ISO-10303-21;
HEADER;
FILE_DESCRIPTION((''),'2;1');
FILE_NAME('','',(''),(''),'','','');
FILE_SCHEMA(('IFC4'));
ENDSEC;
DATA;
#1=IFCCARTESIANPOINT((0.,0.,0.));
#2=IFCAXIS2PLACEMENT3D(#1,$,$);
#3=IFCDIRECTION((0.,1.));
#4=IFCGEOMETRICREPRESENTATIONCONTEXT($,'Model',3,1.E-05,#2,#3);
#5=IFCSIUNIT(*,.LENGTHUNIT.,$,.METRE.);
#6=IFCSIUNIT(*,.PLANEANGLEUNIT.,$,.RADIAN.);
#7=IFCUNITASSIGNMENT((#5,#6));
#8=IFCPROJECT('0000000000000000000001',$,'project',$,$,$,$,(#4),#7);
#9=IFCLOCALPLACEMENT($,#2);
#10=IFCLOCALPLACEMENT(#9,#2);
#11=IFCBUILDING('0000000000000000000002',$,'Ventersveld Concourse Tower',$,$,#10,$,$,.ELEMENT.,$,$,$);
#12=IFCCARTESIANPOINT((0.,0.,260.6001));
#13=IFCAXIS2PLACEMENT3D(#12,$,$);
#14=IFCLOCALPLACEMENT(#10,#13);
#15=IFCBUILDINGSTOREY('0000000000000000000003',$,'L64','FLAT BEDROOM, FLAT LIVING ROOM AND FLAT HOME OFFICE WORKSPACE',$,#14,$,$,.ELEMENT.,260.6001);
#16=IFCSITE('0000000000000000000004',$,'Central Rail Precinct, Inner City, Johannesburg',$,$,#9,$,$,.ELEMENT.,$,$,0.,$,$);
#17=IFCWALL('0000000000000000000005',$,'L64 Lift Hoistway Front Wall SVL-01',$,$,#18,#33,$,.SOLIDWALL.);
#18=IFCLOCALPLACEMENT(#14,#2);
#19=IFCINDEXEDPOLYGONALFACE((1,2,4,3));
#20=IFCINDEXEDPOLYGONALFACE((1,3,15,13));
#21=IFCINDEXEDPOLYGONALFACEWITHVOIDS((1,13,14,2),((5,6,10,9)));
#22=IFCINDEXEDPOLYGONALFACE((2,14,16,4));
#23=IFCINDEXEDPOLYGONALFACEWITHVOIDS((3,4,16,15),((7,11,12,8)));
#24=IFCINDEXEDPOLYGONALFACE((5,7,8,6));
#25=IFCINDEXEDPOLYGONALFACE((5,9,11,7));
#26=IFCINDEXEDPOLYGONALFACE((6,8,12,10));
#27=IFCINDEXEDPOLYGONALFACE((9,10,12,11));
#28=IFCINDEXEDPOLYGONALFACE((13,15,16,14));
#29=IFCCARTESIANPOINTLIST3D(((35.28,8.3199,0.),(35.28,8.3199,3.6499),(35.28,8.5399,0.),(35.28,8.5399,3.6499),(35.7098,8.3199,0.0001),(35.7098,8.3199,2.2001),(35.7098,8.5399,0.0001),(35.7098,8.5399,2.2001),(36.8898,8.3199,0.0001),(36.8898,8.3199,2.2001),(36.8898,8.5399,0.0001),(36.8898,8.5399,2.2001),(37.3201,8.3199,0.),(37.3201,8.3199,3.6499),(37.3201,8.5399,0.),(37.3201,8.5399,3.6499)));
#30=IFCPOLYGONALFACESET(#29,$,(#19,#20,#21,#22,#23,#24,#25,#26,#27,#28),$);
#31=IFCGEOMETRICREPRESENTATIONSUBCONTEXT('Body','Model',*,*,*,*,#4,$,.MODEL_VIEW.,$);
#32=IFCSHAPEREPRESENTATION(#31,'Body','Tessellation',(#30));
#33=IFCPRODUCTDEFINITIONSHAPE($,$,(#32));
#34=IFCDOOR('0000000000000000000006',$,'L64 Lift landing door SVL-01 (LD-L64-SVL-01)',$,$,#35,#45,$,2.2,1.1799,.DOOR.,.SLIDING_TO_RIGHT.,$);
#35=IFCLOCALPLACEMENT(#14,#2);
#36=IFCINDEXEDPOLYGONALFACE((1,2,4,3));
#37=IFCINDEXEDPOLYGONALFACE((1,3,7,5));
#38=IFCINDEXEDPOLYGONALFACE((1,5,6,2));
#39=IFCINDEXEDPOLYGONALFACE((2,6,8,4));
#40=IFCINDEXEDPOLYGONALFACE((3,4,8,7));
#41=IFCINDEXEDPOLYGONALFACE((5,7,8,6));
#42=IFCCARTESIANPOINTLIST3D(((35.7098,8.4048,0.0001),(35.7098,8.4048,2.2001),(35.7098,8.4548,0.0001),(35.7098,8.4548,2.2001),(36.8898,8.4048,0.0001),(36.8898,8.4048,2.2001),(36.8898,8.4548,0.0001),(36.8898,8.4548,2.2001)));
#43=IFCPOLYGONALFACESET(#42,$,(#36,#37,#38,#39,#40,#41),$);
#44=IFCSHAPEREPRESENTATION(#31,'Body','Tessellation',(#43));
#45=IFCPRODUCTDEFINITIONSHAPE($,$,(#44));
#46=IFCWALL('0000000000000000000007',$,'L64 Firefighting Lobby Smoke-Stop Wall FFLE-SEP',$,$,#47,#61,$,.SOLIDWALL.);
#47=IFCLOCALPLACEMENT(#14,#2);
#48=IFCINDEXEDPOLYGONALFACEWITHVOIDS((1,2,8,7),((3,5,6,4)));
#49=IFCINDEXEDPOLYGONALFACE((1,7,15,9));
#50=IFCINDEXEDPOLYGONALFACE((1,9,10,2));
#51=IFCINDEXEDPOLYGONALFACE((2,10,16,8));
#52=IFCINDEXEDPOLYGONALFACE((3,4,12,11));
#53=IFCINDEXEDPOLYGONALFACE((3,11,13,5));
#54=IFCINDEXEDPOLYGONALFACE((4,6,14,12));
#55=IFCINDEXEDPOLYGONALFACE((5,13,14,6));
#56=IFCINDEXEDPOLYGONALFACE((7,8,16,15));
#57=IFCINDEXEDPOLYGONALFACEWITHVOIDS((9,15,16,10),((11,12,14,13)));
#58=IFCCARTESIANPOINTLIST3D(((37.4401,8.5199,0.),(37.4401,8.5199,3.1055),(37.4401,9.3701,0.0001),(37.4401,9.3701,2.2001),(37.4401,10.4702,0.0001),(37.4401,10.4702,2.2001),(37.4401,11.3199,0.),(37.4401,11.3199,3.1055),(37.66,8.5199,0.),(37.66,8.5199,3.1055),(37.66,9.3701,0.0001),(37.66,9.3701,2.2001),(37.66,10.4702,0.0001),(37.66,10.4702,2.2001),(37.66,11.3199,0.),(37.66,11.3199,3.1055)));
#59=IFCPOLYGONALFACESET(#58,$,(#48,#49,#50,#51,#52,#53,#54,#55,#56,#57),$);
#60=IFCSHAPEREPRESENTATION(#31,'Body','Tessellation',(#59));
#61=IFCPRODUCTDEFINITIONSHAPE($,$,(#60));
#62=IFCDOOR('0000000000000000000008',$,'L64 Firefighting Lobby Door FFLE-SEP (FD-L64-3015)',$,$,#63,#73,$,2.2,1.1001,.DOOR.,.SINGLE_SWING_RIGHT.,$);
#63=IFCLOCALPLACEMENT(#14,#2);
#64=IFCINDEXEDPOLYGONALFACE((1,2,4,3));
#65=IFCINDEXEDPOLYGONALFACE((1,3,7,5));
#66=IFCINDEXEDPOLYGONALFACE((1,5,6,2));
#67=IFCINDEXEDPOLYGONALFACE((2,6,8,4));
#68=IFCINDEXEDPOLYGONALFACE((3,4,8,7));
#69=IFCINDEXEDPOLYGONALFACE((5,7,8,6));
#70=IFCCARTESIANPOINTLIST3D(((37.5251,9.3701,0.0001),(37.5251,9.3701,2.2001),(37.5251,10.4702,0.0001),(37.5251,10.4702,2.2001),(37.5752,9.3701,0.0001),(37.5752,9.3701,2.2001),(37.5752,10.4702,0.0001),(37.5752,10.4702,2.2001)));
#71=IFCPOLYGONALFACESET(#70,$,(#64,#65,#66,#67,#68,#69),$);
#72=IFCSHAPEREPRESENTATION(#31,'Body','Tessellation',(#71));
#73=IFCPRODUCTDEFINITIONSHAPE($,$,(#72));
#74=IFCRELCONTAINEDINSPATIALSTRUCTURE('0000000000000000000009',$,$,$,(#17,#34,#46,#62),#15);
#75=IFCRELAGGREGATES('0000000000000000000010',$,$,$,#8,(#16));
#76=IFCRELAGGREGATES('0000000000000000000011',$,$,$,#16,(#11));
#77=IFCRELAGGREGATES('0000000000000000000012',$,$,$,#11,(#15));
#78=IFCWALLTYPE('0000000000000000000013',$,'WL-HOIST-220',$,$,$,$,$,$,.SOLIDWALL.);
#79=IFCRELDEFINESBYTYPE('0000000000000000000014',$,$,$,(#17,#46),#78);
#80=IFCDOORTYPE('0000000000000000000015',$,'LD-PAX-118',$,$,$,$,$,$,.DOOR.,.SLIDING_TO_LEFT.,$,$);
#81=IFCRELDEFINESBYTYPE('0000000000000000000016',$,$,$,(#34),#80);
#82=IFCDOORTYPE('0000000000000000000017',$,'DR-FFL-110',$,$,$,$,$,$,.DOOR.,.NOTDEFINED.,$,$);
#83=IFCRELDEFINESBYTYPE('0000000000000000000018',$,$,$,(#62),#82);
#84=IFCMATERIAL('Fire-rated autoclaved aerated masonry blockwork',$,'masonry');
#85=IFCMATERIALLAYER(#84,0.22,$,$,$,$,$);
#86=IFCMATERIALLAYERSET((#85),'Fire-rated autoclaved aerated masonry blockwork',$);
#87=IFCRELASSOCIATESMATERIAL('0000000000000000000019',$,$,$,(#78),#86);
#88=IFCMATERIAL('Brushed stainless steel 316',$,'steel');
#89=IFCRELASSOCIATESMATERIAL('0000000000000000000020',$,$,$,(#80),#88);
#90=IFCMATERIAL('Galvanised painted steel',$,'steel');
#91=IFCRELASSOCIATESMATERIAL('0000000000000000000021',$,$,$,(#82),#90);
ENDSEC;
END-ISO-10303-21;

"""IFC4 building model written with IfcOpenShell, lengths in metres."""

from ifc_helpers import new_model, si_unit, direction, frame, frame_2d, origin, place, context, subcontext, project, spatial, rectangle, extrude, material, layer, layer_set, type_object, element, fill, save


model = new_model("IFC4")

# Units and contexts
model_context = context("Model", 3, precision=1e-05, world=origin(), true_north=direction((0.0, 1.0)))
body_context = subcontext(model_context, "Body", "Model", "MODEL_VIEW")
ifc_project = project(units=[si_unit("LENGTHUNIT", "METRE"), si_unit("PLANEANGLEUNIT", "RADIAN")], contexts=[model_context])

# Site, building, storey
site_placement = place(None, origin())
site = spatial("IfcSite", under=ifc_project, at=site_placement, Name="Central Rail Precinct, Inner City, Johannesburg", CompositionType="ELEMENT", RefElevation=0.0)
building_placement = place(site_placement, origin())
building = spatial("IfcBuilding", under=site, at=building_placement, Name="Ventersveld Concourse Tower", CompositionType="ELEMENT")
storey_placement = place(building_placement, frame((0.0, 0.0, 260.6001)))
storey = spatial("IfcBuildingStorey", under=building, at=storey_placement, Name="L64", Description="FLAT BEDROOM, FLAT LIVING ROOM AND FLAT HOME OFFICE WORKSPACE", CompositionType="ELEMENT", Elevation=260.6001)

# Shared definitions
ifc_material_1 = material(Name="Fire-rated autoclaved aerated masonry blockwork", Category="masonry")
ifc_material_2 = material(Name="Galvanised painted steel", Category="steel")

# Shared definitions
ifc_layer_1 = layer(ifc_material_1, 0.22)
ifc_layer_set_1 = layer_set([ifc_layer_1], Name="Fire-rated autoclaved aerated masonry blockwork")
wall_type_1 = type_object("IfcWallType", Name="WL-HOIST-220", PredefinedType="SOLIDWALL", material=ifc_layer_set_1)

# Walls, openings, doors
wall_1_placement = place(storey_placement, frame((35.28, 8.4299, 0.0), z_axis=(0.0, 0.0, 1.0), x_axis=(1.0, 0.0, 0.0)))
wall_1 = element("IfcWall", 1, at=wall_1_placement, inside=storey, type_object=wall_type_1, Name="L64 Lift Hoistway Front Wall SVL-01", PredefinedType="SOLIDWALL", context=body_context, shape_type="SweptSolid", body=[
    extrude(rectangle(XDim=2.04, YDim=0.22, at=frame_2d((1.02, 0.0))), origin(), (0.0, 0.0, 1.0), 3.6499),
])
opening_1_placement = place(wall_1_placement, frame((0.4299, 0.0, 0.0)))
opening_1 = element("IfcOpeningElement", 2, at=opening_1_placement, cuts=wall_1, PredefinedType="OPENING", context=body_context, shape_type="SweptSolid", body=[
    extrude(rectangle(XDim=1.1799, YDim=2.2, at=frame_2d((0.5898, 1.1001))), frame((0.0, 0.1201, 0.0), z_axis=(0.0, -1.0, 0.0), x_axis=(1.0, 0.0, 0.0)), (0.0, 0.0, 1.0), 0.24),
])
ifc_material_3 = material(Name="Brushed stainless steel 316", Category="steel")
door_type_1 = type_object("IfcDoorType", Name="LD-PAX-118", OperationType="SLIDING_TO_LEFT", PredefinedType="DOOR", material=ifc_material_3)
door_1_placement = place(opening_1_placement, origin())
door_1 = element("IfcDoor", 3, at=door_1_placement, inside=storey, type_object=door_type_1, Name="L64 Lift landing door SVL-01 (LD-L64-SVL-01)", OperationType="SLIDING_TO_RIGHT", OverallHeight=2.2, OverallWidth=1.1799, PredefinedType="DOOR", context=body_context, shape_type="SweptSolid", body=[
    extrude(rectangle(XDim=1.1799, YDim=2.2, at=frame_2d((0.5898, 1.1001))), frame((0.0, 0.0249, 0.0), z_axis=(0.0, -1.0, 0.0), x_axis=(1.0, 0.0, 0.0)), (0.0, 0.0, 1.0), 0.05),
])
fill(opening_1, door_1)
wall_2_placement = place(storey_placement, frame((37.55, 8.52, 0.0), z_axis=(0.0, 0.0, 1.0), x_axis=(0.0, 1.0, 0.0)))
wall_2 = element("IfcWall", 4, at=wall_2_placement, inside=storey, type_object=wall_type_1, Name="L64 Firefighting Lobby Smoke-Stop Wall FFLE-SEP", PredefinedType="SOLIDWALL", context=body_context, shape_type="SweptSolid", body=[
    extrude(rectangle(XDim=2.8, YDim=0.22, at=frame_2d((1.3999, 0.0))), origin(), (0.0, 0.0, 1.0), 3.1055),
])
opening_2_placement = place(wall_2_placement, frame((0.8501, 0.0, 0.0)))
opening_2 = element("IfcOpeningElement", 5, at=opening_2_placement, cuts=wall_2, PredefinedType="OPENING", context=body_context, shape_type="SweptSolid", body=[
    extrude(rectangle(XDim=1.1001, YDim=2.2, at=frame_2d((0.55, 1.1001))), frame((0.0, 0.1201, 0.0), z_axis=(0.0, -1.0, 0.0), x_axis=(1.0, 0.0, 0.0)), (0.0, 0.0, 1.0), 0.24),
])
door_type_2 = type_object("IfcDoorType", Name="DR-FFL-110", OperationType="NOTDEFINED", PredefinedType="DOOR", material=ifc_material_2)
door_2_placement = place(opening_2_placement, origin())
door_2 = element("IfcDoor", 6, at=door_2_placement, inside=storey, type_object=door_type_2, Name="L64 Firefighting Lobby Door FFLE-SEP (FD-L64-3015)", OperationType="SINGLE_SWING_RIGHT", OverallHeight=2.2, OverallWidth=1.1001, PredefinedType="DOOR", context=body_context, shape_type="SweptSolid", body=[
    extrude(rectangle(XDim=1.1001, YDim=2.2, at=frame_2d((0.55, 1.1001))), frame((0.0, 0.0249, 0.0), z_axis=(0.0, -1.0, 0.0), x_axis=(1.0, 0.0, 0.0)), (0.0, 0.0, 1.0), 0.05),
])
fill(opening_2, door_2)

save(model, "model.ifc")
